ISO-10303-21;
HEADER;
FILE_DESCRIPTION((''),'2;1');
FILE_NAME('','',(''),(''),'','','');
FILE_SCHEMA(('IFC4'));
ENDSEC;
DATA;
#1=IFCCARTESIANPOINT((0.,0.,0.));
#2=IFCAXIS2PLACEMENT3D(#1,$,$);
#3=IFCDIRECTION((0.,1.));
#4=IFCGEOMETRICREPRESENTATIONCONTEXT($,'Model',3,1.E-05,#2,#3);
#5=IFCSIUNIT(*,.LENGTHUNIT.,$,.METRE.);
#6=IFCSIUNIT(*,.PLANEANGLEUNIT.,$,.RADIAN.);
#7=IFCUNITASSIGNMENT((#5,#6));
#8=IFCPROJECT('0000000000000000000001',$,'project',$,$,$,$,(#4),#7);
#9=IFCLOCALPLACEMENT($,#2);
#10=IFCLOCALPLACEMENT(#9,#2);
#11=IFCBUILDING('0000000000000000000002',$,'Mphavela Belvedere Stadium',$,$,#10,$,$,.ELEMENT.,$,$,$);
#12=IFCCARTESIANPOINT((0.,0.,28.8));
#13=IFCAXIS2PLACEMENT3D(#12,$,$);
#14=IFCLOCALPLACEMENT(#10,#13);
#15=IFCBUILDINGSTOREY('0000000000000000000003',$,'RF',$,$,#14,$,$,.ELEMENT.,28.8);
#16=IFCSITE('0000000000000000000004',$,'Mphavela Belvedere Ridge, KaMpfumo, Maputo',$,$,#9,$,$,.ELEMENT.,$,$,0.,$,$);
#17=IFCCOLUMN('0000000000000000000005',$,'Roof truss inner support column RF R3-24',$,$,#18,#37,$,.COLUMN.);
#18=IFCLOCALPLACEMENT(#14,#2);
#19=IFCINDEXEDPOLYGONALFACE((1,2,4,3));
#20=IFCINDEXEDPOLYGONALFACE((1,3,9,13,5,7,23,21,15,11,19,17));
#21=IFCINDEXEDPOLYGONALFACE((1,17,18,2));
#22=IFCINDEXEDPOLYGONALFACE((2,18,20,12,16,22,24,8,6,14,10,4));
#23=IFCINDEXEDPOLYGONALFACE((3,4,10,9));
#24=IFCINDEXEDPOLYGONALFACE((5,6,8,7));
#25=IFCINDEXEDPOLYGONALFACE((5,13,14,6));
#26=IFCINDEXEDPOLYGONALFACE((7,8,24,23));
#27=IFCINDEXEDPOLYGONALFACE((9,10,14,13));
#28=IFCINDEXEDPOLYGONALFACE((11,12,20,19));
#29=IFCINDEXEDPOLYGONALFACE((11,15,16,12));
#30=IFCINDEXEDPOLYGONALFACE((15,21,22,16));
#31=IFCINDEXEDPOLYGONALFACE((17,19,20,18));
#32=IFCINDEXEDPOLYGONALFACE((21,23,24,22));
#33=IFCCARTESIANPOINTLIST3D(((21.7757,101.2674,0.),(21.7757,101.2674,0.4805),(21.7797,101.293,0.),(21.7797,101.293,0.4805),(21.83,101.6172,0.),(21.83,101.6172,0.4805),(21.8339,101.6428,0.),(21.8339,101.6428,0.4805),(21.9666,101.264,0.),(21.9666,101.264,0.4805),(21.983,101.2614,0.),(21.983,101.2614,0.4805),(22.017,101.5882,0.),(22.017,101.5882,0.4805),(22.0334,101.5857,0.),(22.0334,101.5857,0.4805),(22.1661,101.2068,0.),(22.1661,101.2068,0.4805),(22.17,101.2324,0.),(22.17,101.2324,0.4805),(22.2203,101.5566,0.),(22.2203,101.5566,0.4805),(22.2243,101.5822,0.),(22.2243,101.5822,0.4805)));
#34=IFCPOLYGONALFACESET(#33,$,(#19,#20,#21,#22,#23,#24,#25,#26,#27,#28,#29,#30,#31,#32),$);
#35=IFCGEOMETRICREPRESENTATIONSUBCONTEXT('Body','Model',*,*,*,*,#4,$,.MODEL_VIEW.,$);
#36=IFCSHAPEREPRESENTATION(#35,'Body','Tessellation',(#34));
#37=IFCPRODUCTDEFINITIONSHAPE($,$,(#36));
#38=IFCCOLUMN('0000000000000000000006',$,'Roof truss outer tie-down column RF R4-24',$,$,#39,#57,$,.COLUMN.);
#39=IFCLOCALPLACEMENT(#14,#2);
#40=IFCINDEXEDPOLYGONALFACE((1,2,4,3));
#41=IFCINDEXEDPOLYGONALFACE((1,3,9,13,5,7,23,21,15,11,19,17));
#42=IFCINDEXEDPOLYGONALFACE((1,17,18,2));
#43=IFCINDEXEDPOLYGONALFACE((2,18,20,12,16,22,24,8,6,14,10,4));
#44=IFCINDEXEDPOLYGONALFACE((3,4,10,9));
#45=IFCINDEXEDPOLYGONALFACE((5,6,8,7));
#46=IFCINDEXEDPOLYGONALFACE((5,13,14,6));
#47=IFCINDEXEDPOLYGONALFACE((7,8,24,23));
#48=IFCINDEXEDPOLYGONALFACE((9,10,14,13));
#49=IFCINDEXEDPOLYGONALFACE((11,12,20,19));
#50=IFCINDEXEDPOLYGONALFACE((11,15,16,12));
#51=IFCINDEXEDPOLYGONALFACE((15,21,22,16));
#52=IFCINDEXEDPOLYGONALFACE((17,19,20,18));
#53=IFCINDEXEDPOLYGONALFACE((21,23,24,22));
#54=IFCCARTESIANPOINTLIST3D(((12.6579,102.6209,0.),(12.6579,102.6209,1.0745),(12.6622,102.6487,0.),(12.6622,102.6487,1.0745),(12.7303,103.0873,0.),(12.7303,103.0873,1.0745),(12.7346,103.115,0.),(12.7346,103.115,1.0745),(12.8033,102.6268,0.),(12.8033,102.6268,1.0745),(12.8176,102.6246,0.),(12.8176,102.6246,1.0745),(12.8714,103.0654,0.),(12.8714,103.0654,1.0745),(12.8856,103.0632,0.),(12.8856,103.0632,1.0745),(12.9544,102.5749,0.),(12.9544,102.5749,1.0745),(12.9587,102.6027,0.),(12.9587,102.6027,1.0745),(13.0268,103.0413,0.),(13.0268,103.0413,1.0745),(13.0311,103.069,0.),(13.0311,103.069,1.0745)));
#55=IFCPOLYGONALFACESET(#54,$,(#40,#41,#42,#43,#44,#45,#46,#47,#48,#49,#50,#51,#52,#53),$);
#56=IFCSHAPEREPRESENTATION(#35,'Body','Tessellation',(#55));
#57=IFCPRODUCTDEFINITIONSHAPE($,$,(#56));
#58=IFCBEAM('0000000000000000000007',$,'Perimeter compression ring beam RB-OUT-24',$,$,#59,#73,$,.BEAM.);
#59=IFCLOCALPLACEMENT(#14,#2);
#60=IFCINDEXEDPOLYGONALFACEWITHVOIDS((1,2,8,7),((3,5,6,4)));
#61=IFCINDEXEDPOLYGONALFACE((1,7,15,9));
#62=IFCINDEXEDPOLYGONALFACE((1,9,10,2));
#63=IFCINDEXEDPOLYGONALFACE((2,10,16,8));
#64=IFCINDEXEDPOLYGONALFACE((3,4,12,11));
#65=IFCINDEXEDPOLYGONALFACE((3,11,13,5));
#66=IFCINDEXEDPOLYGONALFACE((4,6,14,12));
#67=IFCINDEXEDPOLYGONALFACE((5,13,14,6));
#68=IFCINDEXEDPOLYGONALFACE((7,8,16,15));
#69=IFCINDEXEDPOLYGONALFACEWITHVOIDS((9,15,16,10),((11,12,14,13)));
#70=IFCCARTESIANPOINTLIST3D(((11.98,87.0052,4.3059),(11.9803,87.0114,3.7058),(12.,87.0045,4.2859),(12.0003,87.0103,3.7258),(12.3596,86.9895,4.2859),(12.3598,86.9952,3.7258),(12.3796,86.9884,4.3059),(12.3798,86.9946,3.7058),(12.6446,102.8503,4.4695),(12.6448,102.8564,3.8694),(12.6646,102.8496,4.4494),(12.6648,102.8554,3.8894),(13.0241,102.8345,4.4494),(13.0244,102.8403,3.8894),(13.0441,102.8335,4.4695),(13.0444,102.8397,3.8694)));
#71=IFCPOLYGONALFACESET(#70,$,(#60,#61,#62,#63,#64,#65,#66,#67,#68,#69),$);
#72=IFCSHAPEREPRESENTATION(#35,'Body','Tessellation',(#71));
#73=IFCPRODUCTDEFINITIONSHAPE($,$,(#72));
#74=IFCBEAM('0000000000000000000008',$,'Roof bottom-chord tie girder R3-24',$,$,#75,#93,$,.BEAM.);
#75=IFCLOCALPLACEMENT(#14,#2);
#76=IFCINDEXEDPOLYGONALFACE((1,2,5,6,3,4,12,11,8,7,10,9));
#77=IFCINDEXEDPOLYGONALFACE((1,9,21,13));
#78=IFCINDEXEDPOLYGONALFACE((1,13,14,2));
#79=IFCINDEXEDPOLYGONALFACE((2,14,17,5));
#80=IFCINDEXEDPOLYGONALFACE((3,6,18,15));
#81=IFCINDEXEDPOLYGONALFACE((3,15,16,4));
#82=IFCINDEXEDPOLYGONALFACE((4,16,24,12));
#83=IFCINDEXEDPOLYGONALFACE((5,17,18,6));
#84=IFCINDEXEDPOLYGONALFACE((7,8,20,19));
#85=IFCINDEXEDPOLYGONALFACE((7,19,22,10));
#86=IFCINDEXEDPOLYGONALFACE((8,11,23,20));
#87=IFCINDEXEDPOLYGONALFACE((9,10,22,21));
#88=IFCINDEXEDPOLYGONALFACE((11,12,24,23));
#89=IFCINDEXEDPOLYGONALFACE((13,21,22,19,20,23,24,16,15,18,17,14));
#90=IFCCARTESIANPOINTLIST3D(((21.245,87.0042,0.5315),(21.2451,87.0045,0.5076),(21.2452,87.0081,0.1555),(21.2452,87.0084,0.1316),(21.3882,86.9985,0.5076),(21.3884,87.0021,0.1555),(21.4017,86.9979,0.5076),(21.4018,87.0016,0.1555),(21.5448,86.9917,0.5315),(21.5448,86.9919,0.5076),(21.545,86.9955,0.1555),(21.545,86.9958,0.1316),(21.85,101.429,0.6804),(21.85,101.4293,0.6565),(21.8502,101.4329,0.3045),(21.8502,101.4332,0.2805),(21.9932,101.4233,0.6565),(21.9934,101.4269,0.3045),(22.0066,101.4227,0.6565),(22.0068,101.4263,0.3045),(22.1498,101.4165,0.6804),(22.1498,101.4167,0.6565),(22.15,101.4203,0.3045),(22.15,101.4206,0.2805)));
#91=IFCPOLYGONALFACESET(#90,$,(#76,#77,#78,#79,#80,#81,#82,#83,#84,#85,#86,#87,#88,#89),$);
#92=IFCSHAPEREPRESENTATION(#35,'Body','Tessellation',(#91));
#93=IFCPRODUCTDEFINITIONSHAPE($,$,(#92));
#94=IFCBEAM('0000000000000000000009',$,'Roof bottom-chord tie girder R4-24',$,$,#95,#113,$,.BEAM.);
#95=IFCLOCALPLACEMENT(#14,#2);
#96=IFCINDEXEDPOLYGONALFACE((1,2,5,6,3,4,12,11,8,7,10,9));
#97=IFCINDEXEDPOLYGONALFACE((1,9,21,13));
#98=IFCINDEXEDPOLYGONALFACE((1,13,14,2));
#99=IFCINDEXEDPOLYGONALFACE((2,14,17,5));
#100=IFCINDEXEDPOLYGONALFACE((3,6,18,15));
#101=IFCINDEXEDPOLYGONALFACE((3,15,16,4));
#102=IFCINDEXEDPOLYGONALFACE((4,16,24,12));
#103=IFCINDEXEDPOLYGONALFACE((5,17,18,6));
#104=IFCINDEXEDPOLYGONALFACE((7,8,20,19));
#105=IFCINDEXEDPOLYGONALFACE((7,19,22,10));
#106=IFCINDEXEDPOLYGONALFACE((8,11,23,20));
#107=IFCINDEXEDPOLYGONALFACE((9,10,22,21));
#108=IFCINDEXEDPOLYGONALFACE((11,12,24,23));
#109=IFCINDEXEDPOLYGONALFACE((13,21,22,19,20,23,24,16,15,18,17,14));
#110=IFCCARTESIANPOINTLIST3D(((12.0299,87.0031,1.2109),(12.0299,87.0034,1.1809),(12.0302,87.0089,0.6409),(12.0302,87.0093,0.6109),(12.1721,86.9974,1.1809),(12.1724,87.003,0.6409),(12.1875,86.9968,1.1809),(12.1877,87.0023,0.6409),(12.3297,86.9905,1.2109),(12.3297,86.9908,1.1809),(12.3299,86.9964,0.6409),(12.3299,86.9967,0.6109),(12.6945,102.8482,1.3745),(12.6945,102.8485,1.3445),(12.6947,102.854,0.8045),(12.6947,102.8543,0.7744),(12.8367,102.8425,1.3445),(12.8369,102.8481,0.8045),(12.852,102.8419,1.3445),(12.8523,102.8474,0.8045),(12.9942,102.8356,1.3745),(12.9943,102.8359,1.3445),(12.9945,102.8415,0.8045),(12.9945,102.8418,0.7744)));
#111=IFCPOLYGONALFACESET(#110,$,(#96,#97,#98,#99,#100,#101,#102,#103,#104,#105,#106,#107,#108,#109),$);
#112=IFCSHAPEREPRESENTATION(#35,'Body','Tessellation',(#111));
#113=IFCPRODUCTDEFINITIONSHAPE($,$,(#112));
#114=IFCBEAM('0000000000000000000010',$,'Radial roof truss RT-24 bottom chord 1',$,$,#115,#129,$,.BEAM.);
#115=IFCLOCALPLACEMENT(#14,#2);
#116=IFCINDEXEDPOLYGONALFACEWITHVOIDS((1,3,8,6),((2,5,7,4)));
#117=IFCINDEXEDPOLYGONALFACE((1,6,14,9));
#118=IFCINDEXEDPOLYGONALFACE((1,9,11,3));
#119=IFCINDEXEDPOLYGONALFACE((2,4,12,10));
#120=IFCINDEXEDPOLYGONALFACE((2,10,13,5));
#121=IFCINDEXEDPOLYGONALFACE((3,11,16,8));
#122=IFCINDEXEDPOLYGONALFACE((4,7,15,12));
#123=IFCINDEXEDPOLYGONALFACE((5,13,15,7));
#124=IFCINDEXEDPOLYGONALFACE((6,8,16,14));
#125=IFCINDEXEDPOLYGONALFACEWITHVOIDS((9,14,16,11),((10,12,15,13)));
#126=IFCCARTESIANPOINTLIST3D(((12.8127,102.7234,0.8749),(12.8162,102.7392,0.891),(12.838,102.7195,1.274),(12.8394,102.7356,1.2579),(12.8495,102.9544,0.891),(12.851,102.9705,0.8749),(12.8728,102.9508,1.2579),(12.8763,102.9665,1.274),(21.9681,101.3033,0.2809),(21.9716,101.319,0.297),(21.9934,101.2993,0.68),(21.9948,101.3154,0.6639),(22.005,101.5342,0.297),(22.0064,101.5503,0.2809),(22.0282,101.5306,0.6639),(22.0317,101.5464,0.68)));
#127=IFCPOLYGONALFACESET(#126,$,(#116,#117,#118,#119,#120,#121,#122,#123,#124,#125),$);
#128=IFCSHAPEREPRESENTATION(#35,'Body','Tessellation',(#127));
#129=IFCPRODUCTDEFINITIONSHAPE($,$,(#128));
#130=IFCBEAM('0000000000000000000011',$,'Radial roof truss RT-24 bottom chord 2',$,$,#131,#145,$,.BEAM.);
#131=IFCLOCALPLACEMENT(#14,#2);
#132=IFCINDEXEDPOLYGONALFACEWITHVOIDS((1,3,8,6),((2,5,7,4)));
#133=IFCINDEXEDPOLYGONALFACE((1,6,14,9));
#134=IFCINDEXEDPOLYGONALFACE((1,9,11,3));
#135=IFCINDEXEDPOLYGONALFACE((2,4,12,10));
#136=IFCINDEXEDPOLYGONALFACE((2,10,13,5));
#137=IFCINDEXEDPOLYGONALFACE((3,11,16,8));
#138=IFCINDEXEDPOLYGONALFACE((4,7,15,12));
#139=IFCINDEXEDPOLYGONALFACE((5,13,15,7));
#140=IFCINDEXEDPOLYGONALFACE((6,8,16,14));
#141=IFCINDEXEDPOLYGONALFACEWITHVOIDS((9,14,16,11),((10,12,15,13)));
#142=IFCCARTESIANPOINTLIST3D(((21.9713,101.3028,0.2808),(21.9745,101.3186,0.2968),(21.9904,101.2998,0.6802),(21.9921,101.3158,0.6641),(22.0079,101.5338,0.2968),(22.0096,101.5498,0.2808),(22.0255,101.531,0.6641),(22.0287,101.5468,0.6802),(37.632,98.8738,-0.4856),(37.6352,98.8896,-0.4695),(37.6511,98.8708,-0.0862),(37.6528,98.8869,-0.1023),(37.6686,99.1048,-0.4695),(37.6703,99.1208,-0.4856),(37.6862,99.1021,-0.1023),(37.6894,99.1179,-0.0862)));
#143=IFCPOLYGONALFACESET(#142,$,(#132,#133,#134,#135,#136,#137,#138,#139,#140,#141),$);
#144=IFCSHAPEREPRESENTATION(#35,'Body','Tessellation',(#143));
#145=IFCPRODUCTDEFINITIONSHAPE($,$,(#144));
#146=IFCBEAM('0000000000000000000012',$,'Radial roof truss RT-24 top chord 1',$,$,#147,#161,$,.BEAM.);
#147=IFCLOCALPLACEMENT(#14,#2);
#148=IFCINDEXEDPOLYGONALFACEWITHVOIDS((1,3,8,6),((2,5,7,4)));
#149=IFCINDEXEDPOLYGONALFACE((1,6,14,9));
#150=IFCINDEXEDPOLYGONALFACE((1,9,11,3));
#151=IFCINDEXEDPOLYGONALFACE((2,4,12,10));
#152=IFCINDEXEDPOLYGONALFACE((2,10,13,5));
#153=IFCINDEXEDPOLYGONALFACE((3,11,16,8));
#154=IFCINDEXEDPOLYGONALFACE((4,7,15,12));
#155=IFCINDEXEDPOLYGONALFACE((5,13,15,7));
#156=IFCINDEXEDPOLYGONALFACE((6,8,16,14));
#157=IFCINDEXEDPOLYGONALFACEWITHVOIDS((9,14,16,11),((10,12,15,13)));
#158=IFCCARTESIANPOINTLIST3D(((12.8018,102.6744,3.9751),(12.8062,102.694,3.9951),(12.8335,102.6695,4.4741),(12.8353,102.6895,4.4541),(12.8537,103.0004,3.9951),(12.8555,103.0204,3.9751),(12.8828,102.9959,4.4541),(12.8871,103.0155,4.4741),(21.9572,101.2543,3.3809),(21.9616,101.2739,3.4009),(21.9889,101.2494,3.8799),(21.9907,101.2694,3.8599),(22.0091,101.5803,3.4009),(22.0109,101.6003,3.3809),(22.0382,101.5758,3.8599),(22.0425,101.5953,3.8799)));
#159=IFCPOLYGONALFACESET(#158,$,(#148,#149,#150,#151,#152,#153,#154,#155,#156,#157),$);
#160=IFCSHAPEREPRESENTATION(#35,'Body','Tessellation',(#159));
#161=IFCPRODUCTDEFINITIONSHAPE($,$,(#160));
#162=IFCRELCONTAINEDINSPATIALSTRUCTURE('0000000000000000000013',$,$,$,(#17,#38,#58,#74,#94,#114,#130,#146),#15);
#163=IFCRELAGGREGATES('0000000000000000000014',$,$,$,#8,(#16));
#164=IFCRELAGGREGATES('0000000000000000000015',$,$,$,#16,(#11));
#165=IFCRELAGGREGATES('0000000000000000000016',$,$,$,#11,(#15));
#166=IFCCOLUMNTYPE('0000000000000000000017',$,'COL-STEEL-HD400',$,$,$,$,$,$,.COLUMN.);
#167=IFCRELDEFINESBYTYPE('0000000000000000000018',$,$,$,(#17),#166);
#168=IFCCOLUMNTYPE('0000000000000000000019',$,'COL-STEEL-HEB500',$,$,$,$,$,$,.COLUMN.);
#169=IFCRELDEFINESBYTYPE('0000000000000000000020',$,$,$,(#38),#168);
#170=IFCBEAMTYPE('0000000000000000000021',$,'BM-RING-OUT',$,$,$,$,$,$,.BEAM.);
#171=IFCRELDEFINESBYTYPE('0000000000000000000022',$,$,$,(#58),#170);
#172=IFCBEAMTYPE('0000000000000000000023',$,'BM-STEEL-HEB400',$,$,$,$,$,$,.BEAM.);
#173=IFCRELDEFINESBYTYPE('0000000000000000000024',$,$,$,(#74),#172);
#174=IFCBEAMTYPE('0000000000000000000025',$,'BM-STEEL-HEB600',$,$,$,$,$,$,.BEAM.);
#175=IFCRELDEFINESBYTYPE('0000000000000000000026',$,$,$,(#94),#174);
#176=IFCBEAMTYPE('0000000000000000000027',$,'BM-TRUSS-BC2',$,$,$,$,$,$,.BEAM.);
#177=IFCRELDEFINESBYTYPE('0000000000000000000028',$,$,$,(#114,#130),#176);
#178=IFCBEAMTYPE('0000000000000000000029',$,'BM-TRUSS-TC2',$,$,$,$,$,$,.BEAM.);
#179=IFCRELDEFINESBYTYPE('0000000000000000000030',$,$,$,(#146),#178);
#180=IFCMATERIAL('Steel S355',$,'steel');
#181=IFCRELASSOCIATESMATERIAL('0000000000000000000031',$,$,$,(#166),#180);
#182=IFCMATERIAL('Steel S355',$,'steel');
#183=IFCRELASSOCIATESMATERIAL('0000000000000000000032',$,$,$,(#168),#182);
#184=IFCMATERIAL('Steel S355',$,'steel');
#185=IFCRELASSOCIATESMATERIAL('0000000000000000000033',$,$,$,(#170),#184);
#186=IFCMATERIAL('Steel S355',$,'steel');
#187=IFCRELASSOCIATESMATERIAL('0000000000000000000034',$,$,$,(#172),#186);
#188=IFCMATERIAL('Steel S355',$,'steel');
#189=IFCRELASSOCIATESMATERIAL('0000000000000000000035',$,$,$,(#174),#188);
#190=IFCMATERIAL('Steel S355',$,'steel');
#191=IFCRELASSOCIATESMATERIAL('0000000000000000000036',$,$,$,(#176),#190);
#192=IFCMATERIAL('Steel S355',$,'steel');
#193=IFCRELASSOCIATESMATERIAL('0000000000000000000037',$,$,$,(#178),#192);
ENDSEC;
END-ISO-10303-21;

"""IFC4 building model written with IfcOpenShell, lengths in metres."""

from ifc_helpers import new_model, si_unit, direction, frame, origin, origin_2d, place, context, subcontext, project, spatial, hollow_rectangle, i_section, extrude, material, material_profile, profile_set, type_object, element, save


model = new_model("IFC4")

# Units and contexts
model_context = context("Model", 3, precision=1e-05, world=origin(), true_north=direction((0.0, 1.0)))
body_context = subcontext(model_context, "Body", "Model", "MODEL_VIEW")
ifc_project = project(units=[si_unit("LENGTHUNIT", "METRE"), si_unit("PLANEANGLEUNIT", "RADIAN")], contexts=[model_context])

# Site, building, storey
site_placement = place(None, origin())
site = spatial("IfcSite", under=ifc_project, at=site_placement, Name="Mphavela Belvedere Ridge, KaMpfumo, Maputo", CompositionType="ELEMENT", RefElevation=0.0)
building_placement = place(site_placement, origin())
building = spatial("IfcBuilding", under=site, at=building_placement, Name="Mphavela Belvedere Stadium", CompositionType="ELEMENT")
storey_placement = place(building_placement, frame((0.0, 0.0, 28.8)))
storey = spatial("IfcBuildingStorey", under=building, at=storey_placement, Name="RF", CompositionType="ELEMENT", Elevation=28.8)

# Columns
ifc_material_1 = material(Name="Steel S355", Category="steel")
ifc_material_profile_1 = material_profile(ifc_material_1, i_section(OverallWidth=0.395, OverallDepth=0.3799, WebThickness=0.0166, FlangeThickness=0.0259, at=origin_2d()), Name="HD 400x237")
ifc_profile_set_1 = profile_set([ifc_material_profile_1], Name="Steel S355")
column_type_1 = type_object("IfcColumnType", Name="COL-STEEL-HD400", PredefinedType="COLUMN", material=ifc_profile_set_1)
column_1_placement = place(storey_placement, frame((22.0, 101.4248, 0.0), z_axis=(0.0, 0.0, 1.0), x_axis=(-0.988175, 0.153331, 0.0)))
element("IfcColumn", 1, at=column_1_placement, inside=storey, type_object=column_type_1, Name="Roof truss inner support column RF R3-24", PredefinedType="COLUMN", context=body_context, shape_type="SweptSolid", body=[
    extrude(i_section(OverallWidth=0.395, OverallDepth=0.3799, WebThickness=0.0166, FlangeThickness=0.0259, at=origin_2d()), origin(), (0.0, 0.0, 1.0), 0.4805),
])
ifc_material_2 = material(Name="Steel S355", Category="steel")
ifc_material_profile_2 = material_profile(ifc_material_2, i_section(OverallWidth=0.3, OverallDepth=0.5, WebThickness=0.0144, FlangeThickness=0.0281, at=origin_2d()), Name="HEB 500")
ifc_profile_set_2 = profile_set([ifc_material_profile_2], Name="Steel S355")
column_type_2 = type_object("IfcColumnType", Name="COL-STEEL-HEB500", PredefinedType="COLUMN", material=ifc_profile_set_2)
column_2_placement = place(storey_placement, frame((12.8445, 102.845, 0.0), z_axis=(0.0, 0.0, 1.0), x_axis=(-0.988175, 0.153331, 0.0)))
element("IfcColumn", 2, at=column_2_placement, inside=storey, type_object=column_type_2, Name="Roof truss outer tie-down column RF R4-24", PredefinedType="COLUMN", context=body_context, shape_type="SweptSolid", body=[
    extrude(i_section(OverallWidth=0.3, OverallDepth=0.5, WebThickness=0.0144, FlangeThickness=0.0281, at=origin_2d()), origin(), (0.0, 0.0, 1.0), 1.0745),
])

# Beams
ifc_material_3 = material(Name="Steel S355", Category="steel")
ifc_material_profile_3 = material_profile(ifc_material_3, hollow_rectangle(XDim=0.3999, YDim=0.6001, WallThickness=0.02, at=origin_2d()), Name="RHS 600x400x20")
ifc_profile_set_3 = profile_set([ifc_material_profile_3], Name="Steel S355")
beam_type_1 = type_object("IfcBeamType", Name="BM-RING-OUT", PredefinedType="BEAM", material=ifc_profile_set_3)
beam_1_placement = place(storey_placement, frame((12.8445, 102.845, 4.1694), z_axis=(-0.041902, -0.999069, -0.010314), x_axis=(0.999122, -0.041904, 0.0)))
element("IfcBeam", 3, at=beam_1_placement, inside=storey, type_object=beam_type_1, Name="Perimeter compression ring beam RB-OUT-24", PredefinedType="BEAM", context=body_context, shape_type="SweptSolid", body=[
    extrude(hollow_rectangle(XDim=0.3999, YDim=0.6001, WallThickness=0.02, at=origin_2d()), origin(), (0.0, 0.0, 1.0), 15.8599),
])
ifc_material_4 = material(Name="Steel S355", Category="steel")
ifc_material_profile_4 = material_profile(ifc_material_4, i_section(OverallWidth=0.3, OverallDepth=0.3999, WebThickness=0.0134, FlangeThickness=0.0239, at=origin_2d()), Name="HEB 400")
ifc_profile_set_4 = profile_set([ifc_material_profile_4], Name="Steel S355")
beam_type_2 = type_object("IfcBeamType", Name="BM-STEEL-HEB400", PredefinedType="BEAM", material=ifc_profile_set_4)
beam_2_placement = place(storey_placement, frame((22.0, 101.4248, 0.4805), z_axis=(-0.041901, -0.999069, -0.010315), x_axis=(0.999122, -0.041903, 0.0)))
element("IfcBeam", 4, at=beam_2_placement, inside=storey, type_object=beam_type_2, Name="Roof bottom-chord tie girder R3-24", PredefinedType="BEAM", context=body_context, shape_type="SweptSolid", body=[
    extrude(i_section(OverallWidth=0.3, OverallDepth=0.3999, WebThickness=0.0134, FlangeThickness=0.0239, at=origin_2d()), origin(), (0.0, 0.0, 1.0), 14.4382),
])
ifc_material_5 = material(Name="Steel S355", Category="steel")
ifc_material_profile_5 = material_profile(ifc_material_5, i_section(OverallWidth=0.3, OverallDepth=0.6001, WebThickness=0.0154, FlangeThickness=0.03, at=origin_2d()), Name="HEB 600")
ifc_profile_set_5 = profile_set([ifc_material_profile_5], Name="Steel S355")
beam_type_3 = type_object("IfcBeamType", Name="BM-STEEL-HEB600", PredefinedType="BEAM", material=ifc_profile_set_5)
beam_3_placement = place(storey_placement, frame((12.8445, 102.845, 1.0745), z_axis=(-0.041902, -0.999069, -0.010314), x_axis=(0.999122, -0.041904, 0.0)))
element("IfcBeam", 5, at=beam_3_placement, inside=storey, type_object=beam_type_3, Name="Roof bottom-chord tie girder R4-24", PredefinedType="BEAM", context=body_context, shape_type="SweptSolid", body=[
    extrude(i_section(OverallWidth=0.3, OverallDepth=0.6001, WebThickness=0.0154, FlangeThickness=0.03, at=origin_2d()), origin(), (0.0, 0.0, 1.0), 15.8599),
])
ifc_material_6 = material(Name="Steel S355", Category="steel")
ifc_material_profile_6 = material_profile(ifc_material_6, hollow_rectangle(XDim=0.25, YDim=0.3999, WallThickness=0.0161, at=origin_2d()), Name="RHS 400x250x16")
ifc_profile_set_6 = profile_set([ifc_material_profile_6], Name="Steel S355")
beam_type_4 = type_object("IfcBeamType", Name="BM-TRUSS-BC2", PredefinedType="BEAM", material=ifc_profile_set_6)
beam_4_placement = place(storey_placement, frame((12.8445, 102.845, 1.0745), z_axis=(0.986158, -0.152969, -0.06398), x_axis=(0.153283, 0.988182, 0.0)))
element("IfcBeam", 6, at=beam_4_placement, inside=storey, type_object=beam_type_4, Name="Radial roof truss RT-24 bottom chord 1", PredefinedType="BEAM", context=body_context, shape_type="SweptSolid", body=[
    extrude(hollow_rectangle(XDim=0.25, YDim=0.3999, WallThickness=0.0161, at=origin_2d()), origin(), (0.0, 0.0, 1.0), 9.2839),
])
beam_5_placement = place(storey_placement, frame((22.0, 101.4248, 0.4805), z_axis=(0.987031, -0.153088, -0.048301), x_axis=(0.153267, 0.988185, 0.0)))
element("IfcBeam", 7, at=beam_5_placement, inside=storey, type_object=beam_type_4, Name="Radial roof truss RT-24 bottom chord 2", PredefinedType="BEAM", context=body_context, shape_type="SweptSolid", body=[
    extrude(hollow_rectangle(XDim=0.25, YDim=0.3999, WallThickness=0.0161, at=origin_2d()), origin(), (0.0, 0.0, 1.0), 15.8665),
])
ifc_material_7 = material(Name="Steel S355", Category="steel")
ifc_material_profile_7 = material_profile(ifc_material_7, hollow_rectangle(XDim=0.3501, YDim=0.5, WallThickness=0.02, at=origin_2d()), Name="RHS 500x350x20")
ifc_profile_set_7 = profile_set([ifc_material_profile_7], Name="Steel S355")
beam_type_5 = type_object("IfcBeamType", Name="BM-TRUSS-TC2", PredefinedType="BEAM", material=ifc_profile_set_7)
beam_6_placement = place(storey_placement, frame((12.8445, 102.845, 4.2246), z_axis=(0.986156, -0.152968, -0.064006), x_axis=(0.153283, 0.988182, 0.0)))
element("IfcBeam", 8, at=beam_6_placement, inside=storey, type_object=beam_type_5, Name="Radial roof truss RT-24 top chord 1", PredefinedType="BEAM", context=body_context, shape_type="SweptSolid", body=[
    extrude(hollow_rectangle(XDim=0.3501, YDim=0.5, WallThickness=0.02, at=origin_2d()), origin(), (0.0, 0.0, 1.0), 9.2839),
])

save(model, "model.ifc")
